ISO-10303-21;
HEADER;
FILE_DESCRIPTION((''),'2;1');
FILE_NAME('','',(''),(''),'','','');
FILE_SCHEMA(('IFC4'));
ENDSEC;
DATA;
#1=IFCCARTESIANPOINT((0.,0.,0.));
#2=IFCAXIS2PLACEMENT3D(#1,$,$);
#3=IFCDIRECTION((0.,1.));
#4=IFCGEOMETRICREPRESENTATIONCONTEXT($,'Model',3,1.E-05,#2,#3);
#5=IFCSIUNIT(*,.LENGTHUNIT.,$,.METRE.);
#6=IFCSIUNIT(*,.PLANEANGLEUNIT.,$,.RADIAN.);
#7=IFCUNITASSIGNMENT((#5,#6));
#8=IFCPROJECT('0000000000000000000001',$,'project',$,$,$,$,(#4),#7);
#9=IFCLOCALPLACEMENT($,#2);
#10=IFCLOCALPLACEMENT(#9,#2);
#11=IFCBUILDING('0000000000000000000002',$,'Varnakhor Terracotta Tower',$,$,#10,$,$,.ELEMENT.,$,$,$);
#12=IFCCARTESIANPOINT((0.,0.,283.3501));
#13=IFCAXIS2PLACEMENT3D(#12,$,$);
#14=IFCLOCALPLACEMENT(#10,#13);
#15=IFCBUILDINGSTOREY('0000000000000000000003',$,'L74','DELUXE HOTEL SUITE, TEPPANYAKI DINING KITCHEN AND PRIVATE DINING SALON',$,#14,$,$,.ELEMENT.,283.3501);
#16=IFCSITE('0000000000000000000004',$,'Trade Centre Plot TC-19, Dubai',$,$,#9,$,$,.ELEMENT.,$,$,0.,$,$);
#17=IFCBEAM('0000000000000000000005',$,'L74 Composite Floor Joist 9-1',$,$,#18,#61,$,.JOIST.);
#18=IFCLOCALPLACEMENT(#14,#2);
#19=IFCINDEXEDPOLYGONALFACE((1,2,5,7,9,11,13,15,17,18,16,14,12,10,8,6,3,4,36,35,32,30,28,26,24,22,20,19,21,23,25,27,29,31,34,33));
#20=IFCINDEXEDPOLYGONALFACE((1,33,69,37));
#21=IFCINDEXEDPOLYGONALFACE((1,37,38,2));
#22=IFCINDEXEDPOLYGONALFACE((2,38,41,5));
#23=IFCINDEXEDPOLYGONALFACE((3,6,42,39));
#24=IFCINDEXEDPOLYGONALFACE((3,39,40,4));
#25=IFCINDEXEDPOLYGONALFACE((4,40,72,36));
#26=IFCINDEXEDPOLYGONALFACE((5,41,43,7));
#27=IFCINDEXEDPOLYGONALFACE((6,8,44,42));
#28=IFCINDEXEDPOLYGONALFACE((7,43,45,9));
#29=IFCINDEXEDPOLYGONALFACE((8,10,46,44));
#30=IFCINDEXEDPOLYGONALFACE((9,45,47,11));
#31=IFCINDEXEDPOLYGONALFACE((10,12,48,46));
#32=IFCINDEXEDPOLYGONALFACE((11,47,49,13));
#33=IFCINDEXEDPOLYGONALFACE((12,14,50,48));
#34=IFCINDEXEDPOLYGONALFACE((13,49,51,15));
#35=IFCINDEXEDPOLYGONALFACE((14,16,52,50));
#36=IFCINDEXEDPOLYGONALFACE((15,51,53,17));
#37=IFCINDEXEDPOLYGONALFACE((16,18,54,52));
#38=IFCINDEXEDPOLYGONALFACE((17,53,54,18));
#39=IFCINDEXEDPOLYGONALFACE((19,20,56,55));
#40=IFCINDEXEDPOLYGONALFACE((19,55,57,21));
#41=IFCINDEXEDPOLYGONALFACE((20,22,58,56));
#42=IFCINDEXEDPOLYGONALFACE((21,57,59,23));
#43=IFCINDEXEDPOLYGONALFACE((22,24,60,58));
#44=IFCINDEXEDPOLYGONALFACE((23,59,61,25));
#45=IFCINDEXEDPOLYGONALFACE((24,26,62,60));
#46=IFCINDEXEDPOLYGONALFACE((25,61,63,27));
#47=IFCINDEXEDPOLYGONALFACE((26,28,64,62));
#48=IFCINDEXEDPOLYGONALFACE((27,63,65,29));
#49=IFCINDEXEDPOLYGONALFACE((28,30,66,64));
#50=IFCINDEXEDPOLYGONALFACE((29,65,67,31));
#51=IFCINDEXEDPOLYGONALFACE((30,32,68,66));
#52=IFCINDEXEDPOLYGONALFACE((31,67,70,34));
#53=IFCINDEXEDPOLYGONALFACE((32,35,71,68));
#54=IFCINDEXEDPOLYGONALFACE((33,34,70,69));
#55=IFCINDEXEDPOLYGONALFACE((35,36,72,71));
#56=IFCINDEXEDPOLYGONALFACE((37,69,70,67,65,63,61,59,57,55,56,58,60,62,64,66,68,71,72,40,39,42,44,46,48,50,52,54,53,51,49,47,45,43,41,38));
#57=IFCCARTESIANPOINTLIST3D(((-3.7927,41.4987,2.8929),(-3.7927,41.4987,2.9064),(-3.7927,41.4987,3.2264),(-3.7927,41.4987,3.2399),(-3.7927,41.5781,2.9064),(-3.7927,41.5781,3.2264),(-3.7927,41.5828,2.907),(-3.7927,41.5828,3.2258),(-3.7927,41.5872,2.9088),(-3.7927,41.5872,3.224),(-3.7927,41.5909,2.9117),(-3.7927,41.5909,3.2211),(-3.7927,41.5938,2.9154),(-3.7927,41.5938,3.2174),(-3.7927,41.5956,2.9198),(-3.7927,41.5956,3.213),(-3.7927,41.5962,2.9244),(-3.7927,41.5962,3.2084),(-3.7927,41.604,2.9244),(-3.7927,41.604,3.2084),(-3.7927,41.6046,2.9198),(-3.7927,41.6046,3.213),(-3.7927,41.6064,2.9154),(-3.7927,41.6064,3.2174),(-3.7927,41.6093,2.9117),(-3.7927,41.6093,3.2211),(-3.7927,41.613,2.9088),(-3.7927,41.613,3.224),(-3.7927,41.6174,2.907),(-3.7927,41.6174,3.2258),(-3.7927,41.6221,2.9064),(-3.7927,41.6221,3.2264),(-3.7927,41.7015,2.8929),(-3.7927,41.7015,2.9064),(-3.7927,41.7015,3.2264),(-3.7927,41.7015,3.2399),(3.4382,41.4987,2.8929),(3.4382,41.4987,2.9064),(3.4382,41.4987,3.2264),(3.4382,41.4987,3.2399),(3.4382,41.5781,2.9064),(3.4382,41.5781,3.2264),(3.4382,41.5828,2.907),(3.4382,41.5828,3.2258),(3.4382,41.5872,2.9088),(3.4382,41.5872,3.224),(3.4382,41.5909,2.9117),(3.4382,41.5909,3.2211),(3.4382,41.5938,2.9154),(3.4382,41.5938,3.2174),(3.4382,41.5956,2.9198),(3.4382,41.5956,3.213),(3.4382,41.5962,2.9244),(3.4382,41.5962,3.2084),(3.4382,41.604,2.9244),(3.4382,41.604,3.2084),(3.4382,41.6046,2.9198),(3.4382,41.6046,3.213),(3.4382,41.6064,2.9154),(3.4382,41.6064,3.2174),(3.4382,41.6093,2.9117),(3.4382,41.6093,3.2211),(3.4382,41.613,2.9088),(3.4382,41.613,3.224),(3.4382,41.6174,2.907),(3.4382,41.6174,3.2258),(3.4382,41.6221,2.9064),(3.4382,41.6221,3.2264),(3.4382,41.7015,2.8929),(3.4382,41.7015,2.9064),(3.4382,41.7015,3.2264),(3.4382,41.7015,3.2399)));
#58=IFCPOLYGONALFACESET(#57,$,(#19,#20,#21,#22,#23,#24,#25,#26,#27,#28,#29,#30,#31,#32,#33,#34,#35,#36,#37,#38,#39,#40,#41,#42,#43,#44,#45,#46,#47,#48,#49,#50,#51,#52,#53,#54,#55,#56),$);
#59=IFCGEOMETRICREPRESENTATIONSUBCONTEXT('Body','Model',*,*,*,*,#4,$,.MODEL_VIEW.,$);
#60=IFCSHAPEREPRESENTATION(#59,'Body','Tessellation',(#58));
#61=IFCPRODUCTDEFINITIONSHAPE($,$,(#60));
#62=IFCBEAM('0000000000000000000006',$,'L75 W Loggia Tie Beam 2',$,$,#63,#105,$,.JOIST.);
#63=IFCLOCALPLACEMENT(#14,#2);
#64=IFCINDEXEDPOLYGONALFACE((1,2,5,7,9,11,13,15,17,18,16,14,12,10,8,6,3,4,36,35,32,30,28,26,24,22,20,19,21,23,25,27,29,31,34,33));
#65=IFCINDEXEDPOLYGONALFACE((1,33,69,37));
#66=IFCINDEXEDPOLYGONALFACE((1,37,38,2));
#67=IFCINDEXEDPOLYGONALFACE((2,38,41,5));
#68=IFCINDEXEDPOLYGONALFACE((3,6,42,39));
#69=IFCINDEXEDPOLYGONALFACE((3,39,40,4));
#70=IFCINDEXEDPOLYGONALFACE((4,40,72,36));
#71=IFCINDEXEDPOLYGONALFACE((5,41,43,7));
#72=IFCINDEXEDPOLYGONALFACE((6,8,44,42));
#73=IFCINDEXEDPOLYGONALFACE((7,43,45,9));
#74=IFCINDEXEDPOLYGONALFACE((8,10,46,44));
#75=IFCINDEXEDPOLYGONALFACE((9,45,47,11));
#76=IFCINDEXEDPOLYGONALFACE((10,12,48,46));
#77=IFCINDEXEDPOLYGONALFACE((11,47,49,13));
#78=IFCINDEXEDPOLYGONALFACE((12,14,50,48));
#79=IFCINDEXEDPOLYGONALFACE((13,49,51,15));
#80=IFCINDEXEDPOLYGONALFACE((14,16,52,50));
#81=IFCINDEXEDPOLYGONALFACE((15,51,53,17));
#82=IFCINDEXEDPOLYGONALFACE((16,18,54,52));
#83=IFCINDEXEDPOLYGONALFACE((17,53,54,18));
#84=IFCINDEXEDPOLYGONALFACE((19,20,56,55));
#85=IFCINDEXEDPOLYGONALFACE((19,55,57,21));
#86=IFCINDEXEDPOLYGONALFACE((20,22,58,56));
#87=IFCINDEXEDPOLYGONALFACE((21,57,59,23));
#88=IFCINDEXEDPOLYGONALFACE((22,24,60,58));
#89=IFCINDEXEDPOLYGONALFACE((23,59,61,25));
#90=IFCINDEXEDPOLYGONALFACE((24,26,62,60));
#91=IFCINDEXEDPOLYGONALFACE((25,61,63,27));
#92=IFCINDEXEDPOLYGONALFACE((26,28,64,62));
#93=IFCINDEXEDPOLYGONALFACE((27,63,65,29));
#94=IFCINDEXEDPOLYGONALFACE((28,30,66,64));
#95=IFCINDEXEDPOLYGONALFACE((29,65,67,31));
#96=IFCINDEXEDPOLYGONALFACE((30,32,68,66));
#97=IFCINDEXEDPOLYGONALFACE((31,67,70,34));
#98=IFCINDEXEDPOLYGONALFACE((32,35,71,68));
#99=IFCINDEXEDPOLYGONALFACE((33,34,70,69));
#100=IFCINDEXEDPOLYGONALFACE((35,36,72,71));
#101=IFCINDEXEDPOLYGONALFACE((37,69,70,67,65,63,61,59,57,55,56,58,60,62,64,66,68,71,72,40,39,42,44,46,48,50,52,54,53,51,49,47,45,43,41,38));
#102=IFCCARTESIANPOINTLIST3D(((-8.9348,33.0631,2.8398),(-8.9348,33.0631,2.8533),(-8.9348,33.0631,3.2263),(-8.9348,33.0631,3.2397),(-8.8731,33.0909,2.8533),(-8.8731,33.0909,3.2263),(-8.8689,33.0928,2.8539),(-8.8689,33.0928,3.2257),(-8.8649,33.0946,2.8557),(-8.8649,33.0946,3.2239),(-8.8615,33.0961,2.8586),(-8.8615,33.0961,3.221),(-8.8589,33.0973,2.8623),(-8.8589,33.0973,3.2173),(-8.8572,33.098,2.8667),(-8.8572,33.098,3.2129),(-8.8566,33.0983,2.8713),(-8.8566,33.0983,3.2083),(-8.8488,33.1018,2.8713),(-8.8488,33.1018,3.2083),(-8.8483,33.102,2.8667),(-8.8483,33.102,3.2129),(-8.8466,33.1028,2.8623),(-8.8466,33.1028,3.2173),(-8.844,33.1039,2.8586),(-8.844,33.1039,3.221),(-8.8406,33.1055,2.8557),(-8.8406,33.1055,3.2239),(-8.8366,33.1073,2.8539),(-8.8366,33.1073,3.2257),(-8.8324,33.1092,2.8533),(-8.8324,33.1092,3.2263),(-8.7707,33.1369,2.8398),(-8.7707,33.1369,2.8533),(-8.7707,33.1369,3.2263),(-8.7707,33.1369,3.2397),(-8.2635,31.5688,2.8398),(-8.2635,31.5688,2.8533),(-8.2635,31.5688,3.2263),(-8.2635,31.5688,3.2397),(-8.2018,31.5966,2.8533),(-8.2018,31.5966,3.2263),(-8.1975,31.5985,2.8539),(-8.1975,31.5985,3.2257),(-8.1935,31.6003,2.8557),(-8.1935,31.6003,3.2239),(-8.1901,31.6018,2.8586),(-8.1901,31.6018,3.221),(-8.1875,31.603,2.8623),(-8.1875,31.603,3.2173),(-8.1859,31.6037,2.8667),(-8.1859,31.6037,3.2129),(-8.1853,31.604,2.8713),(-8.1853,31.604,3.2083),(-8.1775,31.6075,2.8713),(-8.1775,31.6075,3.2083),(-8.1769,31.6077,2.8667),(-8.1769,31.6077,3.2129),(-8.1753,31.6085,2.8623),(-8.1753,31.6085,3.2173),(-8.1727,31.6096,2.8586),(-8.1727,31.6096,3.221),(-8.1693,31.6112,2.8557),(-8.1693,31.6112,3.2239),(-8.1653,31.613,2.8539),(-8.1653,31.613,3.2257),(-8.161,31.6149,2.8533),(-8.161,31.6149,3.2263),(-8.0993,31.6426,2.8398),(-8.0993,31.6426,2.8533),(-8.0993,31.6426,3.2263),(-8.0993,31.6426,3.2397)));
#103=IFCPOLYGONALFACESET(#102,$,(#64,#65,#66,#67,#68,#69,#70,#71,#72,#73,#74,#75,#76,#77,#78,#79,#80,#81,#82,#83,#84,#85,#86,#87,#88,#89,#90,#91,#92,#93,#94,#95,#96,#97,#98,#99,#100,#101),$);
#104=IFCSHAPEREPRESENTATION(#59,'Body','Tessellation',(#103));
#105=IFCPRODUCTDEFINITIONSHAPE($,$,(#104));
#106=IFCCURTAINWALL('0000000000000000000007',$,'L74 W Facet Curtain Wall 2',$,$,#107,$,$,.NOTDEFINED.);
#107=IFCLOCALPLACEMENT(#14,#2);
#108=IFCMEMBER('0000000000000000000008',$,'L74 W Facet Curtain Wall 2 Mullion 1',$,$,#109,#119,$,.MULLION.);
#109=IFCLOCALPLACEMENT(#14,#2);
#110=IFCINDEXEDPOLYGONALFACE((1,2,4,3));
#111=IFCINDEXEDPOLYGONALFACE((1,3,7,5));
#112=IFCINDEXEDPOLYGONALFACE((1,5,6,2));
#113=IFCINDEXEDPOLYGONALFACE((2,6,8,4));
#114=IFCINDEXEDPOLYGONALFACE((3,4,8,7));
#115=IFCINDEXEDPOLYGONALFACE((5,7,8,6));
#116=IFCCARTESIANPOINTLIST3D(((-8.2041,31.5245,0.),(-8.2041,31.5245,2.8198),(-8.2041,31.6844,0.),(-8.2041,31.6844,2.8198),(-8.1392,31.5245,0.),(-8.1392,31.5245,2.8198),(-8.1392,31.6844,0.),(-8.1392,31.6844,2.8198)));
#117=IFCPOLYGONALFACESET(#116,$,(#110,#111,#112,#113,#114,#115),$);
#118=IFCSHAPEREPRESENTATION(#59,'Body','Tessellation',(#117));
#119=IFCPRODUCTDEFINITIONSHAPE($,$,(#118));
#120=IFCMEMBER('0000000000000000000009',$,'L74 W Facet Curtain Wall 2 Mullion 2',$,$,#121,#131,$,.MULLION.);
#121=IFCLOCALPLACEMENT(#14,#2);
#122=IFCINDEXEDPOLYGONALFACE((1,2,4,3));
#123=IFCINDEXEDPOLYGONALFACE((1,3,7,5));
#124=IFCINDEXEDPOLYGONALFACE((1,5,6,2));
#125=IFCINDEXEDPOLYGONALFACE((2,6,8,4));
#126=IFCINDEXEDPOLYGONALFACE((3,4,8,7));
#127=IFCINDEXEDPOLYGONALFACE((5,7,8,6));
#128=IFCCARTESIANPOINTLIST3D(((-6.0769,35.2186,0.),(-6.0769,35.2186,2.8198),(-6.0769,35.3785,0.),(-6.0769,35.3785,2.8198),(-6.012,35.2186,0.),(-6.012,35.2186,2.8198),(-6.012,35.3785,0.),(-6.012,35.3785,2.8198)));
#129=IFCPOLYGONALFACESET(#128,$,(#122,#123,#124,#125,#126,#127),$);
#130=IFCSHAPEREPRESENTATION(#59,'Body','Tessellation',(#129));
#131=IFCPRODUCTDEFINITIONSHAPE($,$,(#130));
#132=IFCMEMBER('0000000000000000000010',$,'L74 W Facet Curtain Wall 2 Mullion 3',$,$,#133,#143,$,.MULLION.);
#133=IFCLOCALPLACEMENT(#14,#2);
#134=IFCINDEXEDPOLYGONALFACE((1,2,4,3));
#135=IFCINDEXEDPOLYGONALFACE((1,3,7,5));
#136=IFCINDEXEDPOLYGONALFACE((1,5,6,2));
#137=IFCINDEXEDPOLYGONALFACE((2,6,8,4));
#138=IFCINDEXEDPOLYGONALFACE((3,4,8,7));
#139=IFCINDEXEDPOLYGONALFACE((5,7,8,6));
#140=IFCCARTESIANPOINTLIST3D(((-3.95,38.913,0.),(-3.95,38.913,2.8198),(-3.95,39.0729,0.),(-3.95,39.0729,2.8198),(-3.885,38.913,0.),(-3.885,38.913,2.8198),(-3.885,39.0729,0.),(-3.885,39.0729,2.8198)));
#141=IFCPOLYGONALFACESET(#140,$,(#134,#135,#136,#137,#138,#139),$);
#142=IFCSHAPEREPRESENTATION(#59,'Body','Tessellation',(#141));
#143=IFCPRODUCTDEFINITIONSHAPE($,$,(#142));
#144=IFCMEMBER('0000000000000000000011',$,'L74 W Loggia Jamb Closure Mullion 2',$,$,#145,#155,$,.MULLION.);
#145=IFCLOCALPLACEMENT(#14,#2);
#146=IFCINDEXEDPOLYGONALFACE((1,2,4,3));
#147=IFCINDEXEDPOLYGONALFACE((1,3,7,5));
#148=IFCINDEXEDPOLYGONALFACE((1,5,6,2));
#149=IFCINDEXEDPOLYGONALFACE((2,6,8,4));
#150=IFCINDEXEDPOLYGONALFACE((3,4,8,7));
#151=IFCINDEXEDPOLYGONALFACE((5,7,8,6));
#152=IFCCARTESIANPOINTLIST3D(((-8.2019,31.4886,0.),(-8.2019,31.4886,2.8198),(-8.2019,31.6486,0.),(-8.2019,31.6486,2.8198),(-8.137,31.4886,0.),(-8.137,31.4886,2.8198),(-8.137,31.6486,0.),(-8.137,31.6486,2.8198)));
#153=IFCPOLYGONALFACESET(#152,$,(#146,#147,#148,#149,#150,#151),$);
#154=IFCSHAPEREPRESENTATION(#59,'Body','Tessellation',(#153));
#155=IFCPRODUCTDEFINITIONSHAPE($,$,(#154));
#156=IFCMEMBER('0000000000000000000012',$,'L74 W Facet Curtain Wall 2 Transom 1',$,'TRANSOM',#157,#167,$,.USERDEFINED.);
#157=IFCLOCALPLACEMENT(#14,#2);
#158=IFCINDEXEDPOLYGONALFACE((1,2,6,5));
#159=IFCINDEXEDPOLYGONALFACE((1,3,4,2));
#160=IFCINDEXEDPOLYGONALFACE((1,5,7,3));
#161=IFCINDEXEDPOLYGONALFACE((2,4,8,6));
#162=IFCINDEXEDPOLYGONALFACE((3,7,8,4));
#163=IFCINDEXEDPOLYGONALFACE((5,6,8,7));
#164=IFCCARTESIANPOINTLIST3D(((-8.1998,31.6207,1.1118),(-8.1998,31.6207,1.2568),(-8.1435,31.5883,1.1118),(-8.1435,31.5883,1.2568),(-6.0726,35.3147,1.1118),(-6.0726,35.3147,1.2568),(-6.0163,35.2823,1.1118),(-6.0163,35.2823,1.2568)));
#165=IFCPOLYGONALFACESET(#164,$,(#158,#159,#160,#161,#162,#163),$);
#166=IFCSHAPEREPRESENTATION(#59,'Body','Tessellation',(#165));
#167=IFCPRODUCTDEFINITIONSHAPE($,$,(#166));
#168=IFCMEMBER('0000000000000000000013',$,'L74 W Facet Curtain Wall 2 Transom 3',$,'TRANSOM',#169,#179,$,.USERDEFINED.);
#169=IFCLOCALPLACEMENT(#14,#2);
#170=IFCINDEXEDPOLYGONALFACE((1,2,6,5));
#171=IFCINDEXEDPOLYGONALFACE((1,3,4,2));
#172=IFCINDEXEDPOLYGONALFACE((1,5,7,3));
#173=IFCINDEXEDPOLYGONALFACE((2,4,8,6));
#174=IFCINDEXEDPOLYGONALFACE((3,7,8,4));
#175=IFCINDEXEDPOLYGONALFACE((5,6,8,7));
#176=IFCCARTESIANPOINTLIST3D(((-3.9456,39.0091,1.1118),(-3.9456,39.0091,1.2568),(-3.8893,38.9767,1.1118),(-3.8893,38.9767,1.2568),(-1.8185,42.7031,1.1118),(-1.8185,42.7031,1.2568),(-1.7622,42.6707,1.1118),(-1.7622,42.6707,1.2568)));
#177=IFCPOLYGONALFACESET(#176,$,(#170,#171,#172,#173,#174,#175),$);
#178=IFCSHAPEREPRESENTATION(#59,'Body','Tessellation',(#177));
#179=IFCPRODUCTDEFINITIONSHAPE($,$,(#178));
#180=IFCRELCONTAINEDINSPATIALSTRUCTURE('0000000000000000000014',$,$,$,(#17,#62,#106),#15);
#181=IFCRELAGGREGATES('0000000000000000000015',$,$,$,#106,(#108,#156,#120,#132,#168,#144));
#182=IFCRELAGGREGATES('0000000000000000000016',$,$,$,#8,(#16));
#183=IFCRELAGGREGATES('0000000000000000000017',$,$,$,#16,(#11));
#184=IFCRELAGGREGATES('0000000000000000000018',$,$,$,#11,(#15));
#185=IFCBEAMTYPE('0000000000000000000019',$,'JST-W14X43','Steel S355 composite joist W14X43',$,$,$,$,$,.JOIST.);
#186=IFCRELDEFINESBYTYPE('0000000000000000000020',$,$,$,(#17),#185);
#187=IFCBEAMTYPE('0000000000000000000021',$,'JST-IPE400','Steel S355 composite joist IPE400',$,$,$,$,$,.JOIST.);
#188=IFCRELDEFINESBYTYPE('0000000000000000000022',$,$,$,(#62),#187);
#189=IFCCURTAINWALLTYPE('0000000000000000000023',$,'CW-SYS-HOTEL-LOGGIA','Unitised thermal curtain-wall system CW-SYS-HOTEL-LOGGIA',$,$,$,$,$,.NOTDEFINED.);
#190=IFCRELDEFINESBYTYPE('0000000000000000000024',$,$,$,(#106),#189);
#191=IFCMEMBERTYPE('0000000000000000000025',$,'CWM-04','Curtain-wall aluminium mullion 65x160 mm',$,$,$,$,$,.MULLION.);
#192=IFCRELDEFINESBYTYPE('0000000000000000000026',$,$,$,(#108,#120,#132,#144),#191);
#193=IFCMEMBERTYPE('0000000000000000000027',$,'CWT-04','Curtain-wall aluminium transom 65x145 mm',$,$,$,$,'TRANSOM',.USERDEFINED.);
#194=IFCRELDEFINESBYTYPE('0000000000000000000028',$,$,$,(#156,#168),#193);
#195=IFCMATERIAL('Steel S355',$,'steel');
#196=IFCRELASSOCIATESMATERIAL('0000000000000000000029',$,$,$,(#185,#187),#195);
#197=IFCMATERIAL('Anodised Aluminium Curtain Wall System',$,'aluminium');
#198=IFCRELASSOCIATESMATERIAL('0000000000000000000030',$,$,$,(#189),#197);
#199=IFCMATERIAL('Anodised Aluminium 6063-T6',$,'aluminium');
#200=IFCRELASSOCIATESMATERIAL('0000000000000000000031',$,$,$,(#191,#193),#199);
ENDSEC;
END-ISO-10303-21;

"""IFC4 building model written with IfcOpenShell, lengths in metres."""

from ifc_helpers import new_model, si_unit, direction, frame, origin, origin_2d, place, context, subcontext, project, spatial, rectangle, i_section, extrude, source, transform, mapped, material, material_profile, profile_set, type_object, element, aggregate, save


model = new_model("IFC4")

# Units and contexts
model_context = context("Model", 3, precision=1e-05, world=origin(), true_north=direction((0.0, 1.0)))
body_context = subcontext(model_context, "Body", "Model", "MODEL_VIEW")
ifc_project = project(units=[si_unit("LENGTHUNIT", "METRE"), si_unit("PLANEANGLEUNIT", "RADIAN")], contexts=[model_context])

# Site, building, storey
site_placement = place(None, origin())
site = spatial("IfcSite", under=ifc_project, at=site_placement, Name="Trade Centre Plot TC-19, Dubai", CompositionType="ELEMENT", RefElevation=0.0)
building_placement = place(site_placement, origin())
building = spatial("IfcBuilding", under=site, at=building_placement, Name="Varnakhor Terracotta Tower", CompositionType="ELEMENT")
storey_placement = place(building_placement, frame((0.0, 0.0, 283.3501)))
storey = spatial("IfcBuildingStorey", under=building, at=storey_placement, Name="L74", Description="DELUXE HOTEL SUITE, TEPPANYAKI DINING KITCHEN AND PRIVATE DINING SALON", CompositionType="ELEMENT", Elevation=283.3501)

# Beams
ifc_material_1 = material(Name="Steel S355", Category="steel")
ifc_material_profile_1 = material_profile(ifc_material_1, i_section(OverallWidth=0.2029, OverallDepth=0.3469, WebThickness=0.0078, FlangeThickness=0.0134, FilletRadius=0.0181, at=origin_2d()), Name="W14X43")
ifc_profile_set_1 = profile_set([ifc_material_profile_1], Name="Steel S355")
beam_type_1 = type_object("IfcBeamType", Name="JST-W14X43", Description="Steel S355 composite joist W14X43", PredefinedType="JOIST", material=ifc_profile_set_1)
ifc_material_profile_2 = material_profile(ifc_material_1, i_section(OverallWidth=0.1799, OverallDepth=0.3999, WebThickness=0.0085, FlangeThickness=0.0134, FilletRadius=0.0181, at=origin_2d()), Name="IPE400")
ifc_profile_set_2 = profile_set([ifc_material_profile_2], Name="Steel S355")
beam_type_2 = type_object("IfcBeamType", Name="JST-IPE400", Description="Steel S355 composite joist IPE400", PredefinedType="JOIST", material=ifc_profile_set_2)
shared_shape_1 = source(origin(), body_context, "Body", "SweptSolid", [
    extrude(i_section(OverallWidth=0.2029, OverallDepth=0.3469, WebThickness=0.0078, FlangeThickness=0.0134, FilletRadius=0.0181, at=origin_2d()), origin(), (0.0, 0.0, 1.0), 7.231),
])
beam_1_placement = place(storey_placement, frame((-3.7927, 41.6001, 3.0664), z_axis=(1.0, 0.0, 0.0), x_axis=(0.0, 1.0, 0.0)))
element("IfcBeam", 1, at=beam_1_placement, inside=storey, type_object=beam_type_1, Name="L74 Composite Floor Joist 9-1", PredefinedType="JOIST", context=body_context, shape_type="MappedRepresentation", body=[
    mapped(shared_shape_1, transform((0.0, 0.0, 0.0), scale=1.0)),
])
shared_shape_2 = source(origin(), body_context, "Body", "SweptSolid", [
    extrude(i_section(OverallWidth=0.1799, OverallDepth=0.3999, WebThickness=0.0085, FlangeThickness=0.0134, FilletRadius=0.0181, at=origin_2d()), origin(), (0.0, 0.0, 1.0), 1.6382),
])
beam_2_placement = place(storey_placement, frame((-8.1814, 31.6057, 3.0398), z_axis=(-0.409813, 0.91217, 0.0), x_axis=(-0.91217, -0.409813, 0.0)))
element("IfcBeam", 2, at=beam_2_placement, inside=storey, type_object=beam_type_2, Name="L75 W Loggia Tie Beam 2", PredefinedType="JOIST", context=body_context, shape_type="MappedRepresentation", body=[
    mapped(shared_shape_2, transform((0.0, 0.0, 0.0), scale=1.0)),
])

# Curtain wall, members
ifc_material_2 = material(Name="Anodised Aluminium Curtain Wall System", Category="aluminium")
curtain_wall_type = type_object("IfcCurtainWallType", Name="CW-SYS-HOTEL-LOGGIA", Description="Unitised thermal curtain-wall system CW-SYS-HOTEL-LOGGIA", PredefinedType="NOTDEFINED", material=ifc_material_2)
curtain_wall_placement = place(storey_placement, origin())
curtain_wall = element("IfcCurtainWall", 3, at=curtain_wall_placement, inside=storey, type_object=curtain_wall_type, Name="L74 W Facet Curtain Wall 2", PredefinedType="NOTDEFINED")
ifc_material_3 = material(Name="Anodised Aluminium 6063-T6", Category="aluminium")
ifc_material_profile_3 = material_profile(ifc_material_3, rectangle(XDim=0.0649, YDim=0.1599, at=origin_2d()), Name="ALU MULLION 65x160")
ifc_profile_set_3 = profile_set([ifc_material_profile_3], Name="Anodised Aluminium 6063-T6")
member_type_1 = type_object("IfcMemberType", Name="CWM-04", Description="Curtain-wall aluminium mullion 65x160 mm", PredefinedType="MULLION", material=ifc_profile_set_3)
shared_shape_3 = source(origin(), body_context, "Body", "SweptSolid", [
    extrude(rectangle(XDim=0.0649, YDim=0.1599, at=origin_2d()), origin(), (0.0, 0.0, 1.0), 2.8198),
])
member_1_placement = place(storey_placement, frame((-8.1716, 31.6045, 0.0), z_axis=(0.0, 0.0, 1.0), x_axis=(1.0, 0.0, 0.0)))
member_1 = element("IfcMember", 4, at=member_1_placement, type_object=member_type_1, Name="L74 W Facet Curtain Wall 2 Mullion 1", PredefinedType="MULLION", context=body_context, shape_type="MappedRepresentation", body=[
    mapped(shared_shape_3, transform((0.0, 0.0, 0.0), scale=1.0)),
])
member_2_placement = place(storey_placement, frame((-6.0444, 35.2986, 0.0), z_axis=(0.0, 0.0, 1.0), x_axis=(1.0, 0.0, 0.0)))
member_2 = element("IfcMember", 5, at=member_2_placement, type_object=member_type_1, Name="L74 W Facet Curtain Wall 2 Mullion 2", PredefinedType="MULLION", context=body_context, shape_type="MappedRepresentation", body=[
    mapped(shared_shape_3, transform((0.0, 0.0, 0.0), scale=1.0)),
])
member_3_placement = place(storey_placement, frame((-3.9175, 38.9929, 0.0), z_axis=(0.0, 0.0, 1.0), x_axis=(1.0, 0.0, 0.0)))
member_3 = element("IfcMember", 6, at=member_3_placement, type_object=member_type_1, Name="L74 W Facet Curtain Wall 2 Mullion 3", PredefinedType="MULLION", context=body_context, shape_type="MappedRepresentation", body=[
    mapped(shared_shape_3, transform((0.0, 0.0, 0.0), scale=1.0)),
])
member_4_placement = place(storey_placement, frame((-8.1694, 31.5686, 0.0), z_axis=(0.0, 0.0, 1.0), x_axis=(1.0, 0.0, 0.0)))
member_4 = element("IfcMember", 7, at=member_4_placement, type_object=member_type_1, Name="L74 W Loggia Jamb Closure Mullion 2", PredefinedType="MULLION", context=body_context, shape_type="MappedRepresentation", body=[
    mapped(shared_shape_3, transform((0.0, 0.0, 0.0), scale=1.0)),
])
ifc_material_profile_4 = material_profile(ifc_material_3, rectangle(XDim=0.0649, YDim=0.145, at=origin_2d()), Name="ALU TRANSOM 65x145")
ifc_profile_set_4 = profile_set([ifc_material_profile_4], Name="Anodised Aluminium 6063-T6")
member_type_2 = type_object("IfcMemberType", Name="CWT-04", Description="Curtain-wall aluminium transom 65x145 mm", ElementType="TRANSOM", PredefinedType="USERDEFINED", material=ifc_profile_set_4)
shared_shape_4 = source(origin(), body_context, "Body", "SweptSolid", [
    extrude(rectangle(XDim=0.0649, YDim=0.145, at=origin_2d()), origin(), (0.0, 0.0, 1.0), 4.2627),
])
member_5_placement = place(storey_placement, frame((-8.1716, 31.6045, 1.1843), z_axis=(0.499017, 0.866592, 0.0), x_axis=(-0.866592, 0.499017, 0.0)))
member_5 = element("IfcMember", 8, at=member_5_placement, type_object=member_type_2, Name="L74 W Facet Curtain Wall 2 Transom 1", ObjectType="TRANSOM", PredefinedType="USERDEFINED", context=body_context, shape_type="MappedRepresentation", body=[
    mapped(shared_shape_4, transform((0.0, 0.0, 0.0), scale=1.0)),
])
member_6_placement = place(storey_placement, frame((-3.9175, 38.9929, 1.1843), z_axis=(0.499017, 0.866592, 0.0), x_axis=(-0.866592, 0.499017, 0.0)))
member_6 = element("IfcMember", 9, at=member_6_placement, type_object=member_type_2, Name="L74 W Facet Curtain Wall 2 Transom 3", ObjectType="TRANSOM", PredefinedType="USERDEFINED", context=body_context, shape_type="MappedRepresentation", body=[
    mapped(shared_shape_4, transform((0.0, 0.0, 0.0), scale=1.0)),
])
aggregate(curtain_wall, [member_1, member_5, member_2, member_3, member_6, member_4])

save(model, "model.ifc")
